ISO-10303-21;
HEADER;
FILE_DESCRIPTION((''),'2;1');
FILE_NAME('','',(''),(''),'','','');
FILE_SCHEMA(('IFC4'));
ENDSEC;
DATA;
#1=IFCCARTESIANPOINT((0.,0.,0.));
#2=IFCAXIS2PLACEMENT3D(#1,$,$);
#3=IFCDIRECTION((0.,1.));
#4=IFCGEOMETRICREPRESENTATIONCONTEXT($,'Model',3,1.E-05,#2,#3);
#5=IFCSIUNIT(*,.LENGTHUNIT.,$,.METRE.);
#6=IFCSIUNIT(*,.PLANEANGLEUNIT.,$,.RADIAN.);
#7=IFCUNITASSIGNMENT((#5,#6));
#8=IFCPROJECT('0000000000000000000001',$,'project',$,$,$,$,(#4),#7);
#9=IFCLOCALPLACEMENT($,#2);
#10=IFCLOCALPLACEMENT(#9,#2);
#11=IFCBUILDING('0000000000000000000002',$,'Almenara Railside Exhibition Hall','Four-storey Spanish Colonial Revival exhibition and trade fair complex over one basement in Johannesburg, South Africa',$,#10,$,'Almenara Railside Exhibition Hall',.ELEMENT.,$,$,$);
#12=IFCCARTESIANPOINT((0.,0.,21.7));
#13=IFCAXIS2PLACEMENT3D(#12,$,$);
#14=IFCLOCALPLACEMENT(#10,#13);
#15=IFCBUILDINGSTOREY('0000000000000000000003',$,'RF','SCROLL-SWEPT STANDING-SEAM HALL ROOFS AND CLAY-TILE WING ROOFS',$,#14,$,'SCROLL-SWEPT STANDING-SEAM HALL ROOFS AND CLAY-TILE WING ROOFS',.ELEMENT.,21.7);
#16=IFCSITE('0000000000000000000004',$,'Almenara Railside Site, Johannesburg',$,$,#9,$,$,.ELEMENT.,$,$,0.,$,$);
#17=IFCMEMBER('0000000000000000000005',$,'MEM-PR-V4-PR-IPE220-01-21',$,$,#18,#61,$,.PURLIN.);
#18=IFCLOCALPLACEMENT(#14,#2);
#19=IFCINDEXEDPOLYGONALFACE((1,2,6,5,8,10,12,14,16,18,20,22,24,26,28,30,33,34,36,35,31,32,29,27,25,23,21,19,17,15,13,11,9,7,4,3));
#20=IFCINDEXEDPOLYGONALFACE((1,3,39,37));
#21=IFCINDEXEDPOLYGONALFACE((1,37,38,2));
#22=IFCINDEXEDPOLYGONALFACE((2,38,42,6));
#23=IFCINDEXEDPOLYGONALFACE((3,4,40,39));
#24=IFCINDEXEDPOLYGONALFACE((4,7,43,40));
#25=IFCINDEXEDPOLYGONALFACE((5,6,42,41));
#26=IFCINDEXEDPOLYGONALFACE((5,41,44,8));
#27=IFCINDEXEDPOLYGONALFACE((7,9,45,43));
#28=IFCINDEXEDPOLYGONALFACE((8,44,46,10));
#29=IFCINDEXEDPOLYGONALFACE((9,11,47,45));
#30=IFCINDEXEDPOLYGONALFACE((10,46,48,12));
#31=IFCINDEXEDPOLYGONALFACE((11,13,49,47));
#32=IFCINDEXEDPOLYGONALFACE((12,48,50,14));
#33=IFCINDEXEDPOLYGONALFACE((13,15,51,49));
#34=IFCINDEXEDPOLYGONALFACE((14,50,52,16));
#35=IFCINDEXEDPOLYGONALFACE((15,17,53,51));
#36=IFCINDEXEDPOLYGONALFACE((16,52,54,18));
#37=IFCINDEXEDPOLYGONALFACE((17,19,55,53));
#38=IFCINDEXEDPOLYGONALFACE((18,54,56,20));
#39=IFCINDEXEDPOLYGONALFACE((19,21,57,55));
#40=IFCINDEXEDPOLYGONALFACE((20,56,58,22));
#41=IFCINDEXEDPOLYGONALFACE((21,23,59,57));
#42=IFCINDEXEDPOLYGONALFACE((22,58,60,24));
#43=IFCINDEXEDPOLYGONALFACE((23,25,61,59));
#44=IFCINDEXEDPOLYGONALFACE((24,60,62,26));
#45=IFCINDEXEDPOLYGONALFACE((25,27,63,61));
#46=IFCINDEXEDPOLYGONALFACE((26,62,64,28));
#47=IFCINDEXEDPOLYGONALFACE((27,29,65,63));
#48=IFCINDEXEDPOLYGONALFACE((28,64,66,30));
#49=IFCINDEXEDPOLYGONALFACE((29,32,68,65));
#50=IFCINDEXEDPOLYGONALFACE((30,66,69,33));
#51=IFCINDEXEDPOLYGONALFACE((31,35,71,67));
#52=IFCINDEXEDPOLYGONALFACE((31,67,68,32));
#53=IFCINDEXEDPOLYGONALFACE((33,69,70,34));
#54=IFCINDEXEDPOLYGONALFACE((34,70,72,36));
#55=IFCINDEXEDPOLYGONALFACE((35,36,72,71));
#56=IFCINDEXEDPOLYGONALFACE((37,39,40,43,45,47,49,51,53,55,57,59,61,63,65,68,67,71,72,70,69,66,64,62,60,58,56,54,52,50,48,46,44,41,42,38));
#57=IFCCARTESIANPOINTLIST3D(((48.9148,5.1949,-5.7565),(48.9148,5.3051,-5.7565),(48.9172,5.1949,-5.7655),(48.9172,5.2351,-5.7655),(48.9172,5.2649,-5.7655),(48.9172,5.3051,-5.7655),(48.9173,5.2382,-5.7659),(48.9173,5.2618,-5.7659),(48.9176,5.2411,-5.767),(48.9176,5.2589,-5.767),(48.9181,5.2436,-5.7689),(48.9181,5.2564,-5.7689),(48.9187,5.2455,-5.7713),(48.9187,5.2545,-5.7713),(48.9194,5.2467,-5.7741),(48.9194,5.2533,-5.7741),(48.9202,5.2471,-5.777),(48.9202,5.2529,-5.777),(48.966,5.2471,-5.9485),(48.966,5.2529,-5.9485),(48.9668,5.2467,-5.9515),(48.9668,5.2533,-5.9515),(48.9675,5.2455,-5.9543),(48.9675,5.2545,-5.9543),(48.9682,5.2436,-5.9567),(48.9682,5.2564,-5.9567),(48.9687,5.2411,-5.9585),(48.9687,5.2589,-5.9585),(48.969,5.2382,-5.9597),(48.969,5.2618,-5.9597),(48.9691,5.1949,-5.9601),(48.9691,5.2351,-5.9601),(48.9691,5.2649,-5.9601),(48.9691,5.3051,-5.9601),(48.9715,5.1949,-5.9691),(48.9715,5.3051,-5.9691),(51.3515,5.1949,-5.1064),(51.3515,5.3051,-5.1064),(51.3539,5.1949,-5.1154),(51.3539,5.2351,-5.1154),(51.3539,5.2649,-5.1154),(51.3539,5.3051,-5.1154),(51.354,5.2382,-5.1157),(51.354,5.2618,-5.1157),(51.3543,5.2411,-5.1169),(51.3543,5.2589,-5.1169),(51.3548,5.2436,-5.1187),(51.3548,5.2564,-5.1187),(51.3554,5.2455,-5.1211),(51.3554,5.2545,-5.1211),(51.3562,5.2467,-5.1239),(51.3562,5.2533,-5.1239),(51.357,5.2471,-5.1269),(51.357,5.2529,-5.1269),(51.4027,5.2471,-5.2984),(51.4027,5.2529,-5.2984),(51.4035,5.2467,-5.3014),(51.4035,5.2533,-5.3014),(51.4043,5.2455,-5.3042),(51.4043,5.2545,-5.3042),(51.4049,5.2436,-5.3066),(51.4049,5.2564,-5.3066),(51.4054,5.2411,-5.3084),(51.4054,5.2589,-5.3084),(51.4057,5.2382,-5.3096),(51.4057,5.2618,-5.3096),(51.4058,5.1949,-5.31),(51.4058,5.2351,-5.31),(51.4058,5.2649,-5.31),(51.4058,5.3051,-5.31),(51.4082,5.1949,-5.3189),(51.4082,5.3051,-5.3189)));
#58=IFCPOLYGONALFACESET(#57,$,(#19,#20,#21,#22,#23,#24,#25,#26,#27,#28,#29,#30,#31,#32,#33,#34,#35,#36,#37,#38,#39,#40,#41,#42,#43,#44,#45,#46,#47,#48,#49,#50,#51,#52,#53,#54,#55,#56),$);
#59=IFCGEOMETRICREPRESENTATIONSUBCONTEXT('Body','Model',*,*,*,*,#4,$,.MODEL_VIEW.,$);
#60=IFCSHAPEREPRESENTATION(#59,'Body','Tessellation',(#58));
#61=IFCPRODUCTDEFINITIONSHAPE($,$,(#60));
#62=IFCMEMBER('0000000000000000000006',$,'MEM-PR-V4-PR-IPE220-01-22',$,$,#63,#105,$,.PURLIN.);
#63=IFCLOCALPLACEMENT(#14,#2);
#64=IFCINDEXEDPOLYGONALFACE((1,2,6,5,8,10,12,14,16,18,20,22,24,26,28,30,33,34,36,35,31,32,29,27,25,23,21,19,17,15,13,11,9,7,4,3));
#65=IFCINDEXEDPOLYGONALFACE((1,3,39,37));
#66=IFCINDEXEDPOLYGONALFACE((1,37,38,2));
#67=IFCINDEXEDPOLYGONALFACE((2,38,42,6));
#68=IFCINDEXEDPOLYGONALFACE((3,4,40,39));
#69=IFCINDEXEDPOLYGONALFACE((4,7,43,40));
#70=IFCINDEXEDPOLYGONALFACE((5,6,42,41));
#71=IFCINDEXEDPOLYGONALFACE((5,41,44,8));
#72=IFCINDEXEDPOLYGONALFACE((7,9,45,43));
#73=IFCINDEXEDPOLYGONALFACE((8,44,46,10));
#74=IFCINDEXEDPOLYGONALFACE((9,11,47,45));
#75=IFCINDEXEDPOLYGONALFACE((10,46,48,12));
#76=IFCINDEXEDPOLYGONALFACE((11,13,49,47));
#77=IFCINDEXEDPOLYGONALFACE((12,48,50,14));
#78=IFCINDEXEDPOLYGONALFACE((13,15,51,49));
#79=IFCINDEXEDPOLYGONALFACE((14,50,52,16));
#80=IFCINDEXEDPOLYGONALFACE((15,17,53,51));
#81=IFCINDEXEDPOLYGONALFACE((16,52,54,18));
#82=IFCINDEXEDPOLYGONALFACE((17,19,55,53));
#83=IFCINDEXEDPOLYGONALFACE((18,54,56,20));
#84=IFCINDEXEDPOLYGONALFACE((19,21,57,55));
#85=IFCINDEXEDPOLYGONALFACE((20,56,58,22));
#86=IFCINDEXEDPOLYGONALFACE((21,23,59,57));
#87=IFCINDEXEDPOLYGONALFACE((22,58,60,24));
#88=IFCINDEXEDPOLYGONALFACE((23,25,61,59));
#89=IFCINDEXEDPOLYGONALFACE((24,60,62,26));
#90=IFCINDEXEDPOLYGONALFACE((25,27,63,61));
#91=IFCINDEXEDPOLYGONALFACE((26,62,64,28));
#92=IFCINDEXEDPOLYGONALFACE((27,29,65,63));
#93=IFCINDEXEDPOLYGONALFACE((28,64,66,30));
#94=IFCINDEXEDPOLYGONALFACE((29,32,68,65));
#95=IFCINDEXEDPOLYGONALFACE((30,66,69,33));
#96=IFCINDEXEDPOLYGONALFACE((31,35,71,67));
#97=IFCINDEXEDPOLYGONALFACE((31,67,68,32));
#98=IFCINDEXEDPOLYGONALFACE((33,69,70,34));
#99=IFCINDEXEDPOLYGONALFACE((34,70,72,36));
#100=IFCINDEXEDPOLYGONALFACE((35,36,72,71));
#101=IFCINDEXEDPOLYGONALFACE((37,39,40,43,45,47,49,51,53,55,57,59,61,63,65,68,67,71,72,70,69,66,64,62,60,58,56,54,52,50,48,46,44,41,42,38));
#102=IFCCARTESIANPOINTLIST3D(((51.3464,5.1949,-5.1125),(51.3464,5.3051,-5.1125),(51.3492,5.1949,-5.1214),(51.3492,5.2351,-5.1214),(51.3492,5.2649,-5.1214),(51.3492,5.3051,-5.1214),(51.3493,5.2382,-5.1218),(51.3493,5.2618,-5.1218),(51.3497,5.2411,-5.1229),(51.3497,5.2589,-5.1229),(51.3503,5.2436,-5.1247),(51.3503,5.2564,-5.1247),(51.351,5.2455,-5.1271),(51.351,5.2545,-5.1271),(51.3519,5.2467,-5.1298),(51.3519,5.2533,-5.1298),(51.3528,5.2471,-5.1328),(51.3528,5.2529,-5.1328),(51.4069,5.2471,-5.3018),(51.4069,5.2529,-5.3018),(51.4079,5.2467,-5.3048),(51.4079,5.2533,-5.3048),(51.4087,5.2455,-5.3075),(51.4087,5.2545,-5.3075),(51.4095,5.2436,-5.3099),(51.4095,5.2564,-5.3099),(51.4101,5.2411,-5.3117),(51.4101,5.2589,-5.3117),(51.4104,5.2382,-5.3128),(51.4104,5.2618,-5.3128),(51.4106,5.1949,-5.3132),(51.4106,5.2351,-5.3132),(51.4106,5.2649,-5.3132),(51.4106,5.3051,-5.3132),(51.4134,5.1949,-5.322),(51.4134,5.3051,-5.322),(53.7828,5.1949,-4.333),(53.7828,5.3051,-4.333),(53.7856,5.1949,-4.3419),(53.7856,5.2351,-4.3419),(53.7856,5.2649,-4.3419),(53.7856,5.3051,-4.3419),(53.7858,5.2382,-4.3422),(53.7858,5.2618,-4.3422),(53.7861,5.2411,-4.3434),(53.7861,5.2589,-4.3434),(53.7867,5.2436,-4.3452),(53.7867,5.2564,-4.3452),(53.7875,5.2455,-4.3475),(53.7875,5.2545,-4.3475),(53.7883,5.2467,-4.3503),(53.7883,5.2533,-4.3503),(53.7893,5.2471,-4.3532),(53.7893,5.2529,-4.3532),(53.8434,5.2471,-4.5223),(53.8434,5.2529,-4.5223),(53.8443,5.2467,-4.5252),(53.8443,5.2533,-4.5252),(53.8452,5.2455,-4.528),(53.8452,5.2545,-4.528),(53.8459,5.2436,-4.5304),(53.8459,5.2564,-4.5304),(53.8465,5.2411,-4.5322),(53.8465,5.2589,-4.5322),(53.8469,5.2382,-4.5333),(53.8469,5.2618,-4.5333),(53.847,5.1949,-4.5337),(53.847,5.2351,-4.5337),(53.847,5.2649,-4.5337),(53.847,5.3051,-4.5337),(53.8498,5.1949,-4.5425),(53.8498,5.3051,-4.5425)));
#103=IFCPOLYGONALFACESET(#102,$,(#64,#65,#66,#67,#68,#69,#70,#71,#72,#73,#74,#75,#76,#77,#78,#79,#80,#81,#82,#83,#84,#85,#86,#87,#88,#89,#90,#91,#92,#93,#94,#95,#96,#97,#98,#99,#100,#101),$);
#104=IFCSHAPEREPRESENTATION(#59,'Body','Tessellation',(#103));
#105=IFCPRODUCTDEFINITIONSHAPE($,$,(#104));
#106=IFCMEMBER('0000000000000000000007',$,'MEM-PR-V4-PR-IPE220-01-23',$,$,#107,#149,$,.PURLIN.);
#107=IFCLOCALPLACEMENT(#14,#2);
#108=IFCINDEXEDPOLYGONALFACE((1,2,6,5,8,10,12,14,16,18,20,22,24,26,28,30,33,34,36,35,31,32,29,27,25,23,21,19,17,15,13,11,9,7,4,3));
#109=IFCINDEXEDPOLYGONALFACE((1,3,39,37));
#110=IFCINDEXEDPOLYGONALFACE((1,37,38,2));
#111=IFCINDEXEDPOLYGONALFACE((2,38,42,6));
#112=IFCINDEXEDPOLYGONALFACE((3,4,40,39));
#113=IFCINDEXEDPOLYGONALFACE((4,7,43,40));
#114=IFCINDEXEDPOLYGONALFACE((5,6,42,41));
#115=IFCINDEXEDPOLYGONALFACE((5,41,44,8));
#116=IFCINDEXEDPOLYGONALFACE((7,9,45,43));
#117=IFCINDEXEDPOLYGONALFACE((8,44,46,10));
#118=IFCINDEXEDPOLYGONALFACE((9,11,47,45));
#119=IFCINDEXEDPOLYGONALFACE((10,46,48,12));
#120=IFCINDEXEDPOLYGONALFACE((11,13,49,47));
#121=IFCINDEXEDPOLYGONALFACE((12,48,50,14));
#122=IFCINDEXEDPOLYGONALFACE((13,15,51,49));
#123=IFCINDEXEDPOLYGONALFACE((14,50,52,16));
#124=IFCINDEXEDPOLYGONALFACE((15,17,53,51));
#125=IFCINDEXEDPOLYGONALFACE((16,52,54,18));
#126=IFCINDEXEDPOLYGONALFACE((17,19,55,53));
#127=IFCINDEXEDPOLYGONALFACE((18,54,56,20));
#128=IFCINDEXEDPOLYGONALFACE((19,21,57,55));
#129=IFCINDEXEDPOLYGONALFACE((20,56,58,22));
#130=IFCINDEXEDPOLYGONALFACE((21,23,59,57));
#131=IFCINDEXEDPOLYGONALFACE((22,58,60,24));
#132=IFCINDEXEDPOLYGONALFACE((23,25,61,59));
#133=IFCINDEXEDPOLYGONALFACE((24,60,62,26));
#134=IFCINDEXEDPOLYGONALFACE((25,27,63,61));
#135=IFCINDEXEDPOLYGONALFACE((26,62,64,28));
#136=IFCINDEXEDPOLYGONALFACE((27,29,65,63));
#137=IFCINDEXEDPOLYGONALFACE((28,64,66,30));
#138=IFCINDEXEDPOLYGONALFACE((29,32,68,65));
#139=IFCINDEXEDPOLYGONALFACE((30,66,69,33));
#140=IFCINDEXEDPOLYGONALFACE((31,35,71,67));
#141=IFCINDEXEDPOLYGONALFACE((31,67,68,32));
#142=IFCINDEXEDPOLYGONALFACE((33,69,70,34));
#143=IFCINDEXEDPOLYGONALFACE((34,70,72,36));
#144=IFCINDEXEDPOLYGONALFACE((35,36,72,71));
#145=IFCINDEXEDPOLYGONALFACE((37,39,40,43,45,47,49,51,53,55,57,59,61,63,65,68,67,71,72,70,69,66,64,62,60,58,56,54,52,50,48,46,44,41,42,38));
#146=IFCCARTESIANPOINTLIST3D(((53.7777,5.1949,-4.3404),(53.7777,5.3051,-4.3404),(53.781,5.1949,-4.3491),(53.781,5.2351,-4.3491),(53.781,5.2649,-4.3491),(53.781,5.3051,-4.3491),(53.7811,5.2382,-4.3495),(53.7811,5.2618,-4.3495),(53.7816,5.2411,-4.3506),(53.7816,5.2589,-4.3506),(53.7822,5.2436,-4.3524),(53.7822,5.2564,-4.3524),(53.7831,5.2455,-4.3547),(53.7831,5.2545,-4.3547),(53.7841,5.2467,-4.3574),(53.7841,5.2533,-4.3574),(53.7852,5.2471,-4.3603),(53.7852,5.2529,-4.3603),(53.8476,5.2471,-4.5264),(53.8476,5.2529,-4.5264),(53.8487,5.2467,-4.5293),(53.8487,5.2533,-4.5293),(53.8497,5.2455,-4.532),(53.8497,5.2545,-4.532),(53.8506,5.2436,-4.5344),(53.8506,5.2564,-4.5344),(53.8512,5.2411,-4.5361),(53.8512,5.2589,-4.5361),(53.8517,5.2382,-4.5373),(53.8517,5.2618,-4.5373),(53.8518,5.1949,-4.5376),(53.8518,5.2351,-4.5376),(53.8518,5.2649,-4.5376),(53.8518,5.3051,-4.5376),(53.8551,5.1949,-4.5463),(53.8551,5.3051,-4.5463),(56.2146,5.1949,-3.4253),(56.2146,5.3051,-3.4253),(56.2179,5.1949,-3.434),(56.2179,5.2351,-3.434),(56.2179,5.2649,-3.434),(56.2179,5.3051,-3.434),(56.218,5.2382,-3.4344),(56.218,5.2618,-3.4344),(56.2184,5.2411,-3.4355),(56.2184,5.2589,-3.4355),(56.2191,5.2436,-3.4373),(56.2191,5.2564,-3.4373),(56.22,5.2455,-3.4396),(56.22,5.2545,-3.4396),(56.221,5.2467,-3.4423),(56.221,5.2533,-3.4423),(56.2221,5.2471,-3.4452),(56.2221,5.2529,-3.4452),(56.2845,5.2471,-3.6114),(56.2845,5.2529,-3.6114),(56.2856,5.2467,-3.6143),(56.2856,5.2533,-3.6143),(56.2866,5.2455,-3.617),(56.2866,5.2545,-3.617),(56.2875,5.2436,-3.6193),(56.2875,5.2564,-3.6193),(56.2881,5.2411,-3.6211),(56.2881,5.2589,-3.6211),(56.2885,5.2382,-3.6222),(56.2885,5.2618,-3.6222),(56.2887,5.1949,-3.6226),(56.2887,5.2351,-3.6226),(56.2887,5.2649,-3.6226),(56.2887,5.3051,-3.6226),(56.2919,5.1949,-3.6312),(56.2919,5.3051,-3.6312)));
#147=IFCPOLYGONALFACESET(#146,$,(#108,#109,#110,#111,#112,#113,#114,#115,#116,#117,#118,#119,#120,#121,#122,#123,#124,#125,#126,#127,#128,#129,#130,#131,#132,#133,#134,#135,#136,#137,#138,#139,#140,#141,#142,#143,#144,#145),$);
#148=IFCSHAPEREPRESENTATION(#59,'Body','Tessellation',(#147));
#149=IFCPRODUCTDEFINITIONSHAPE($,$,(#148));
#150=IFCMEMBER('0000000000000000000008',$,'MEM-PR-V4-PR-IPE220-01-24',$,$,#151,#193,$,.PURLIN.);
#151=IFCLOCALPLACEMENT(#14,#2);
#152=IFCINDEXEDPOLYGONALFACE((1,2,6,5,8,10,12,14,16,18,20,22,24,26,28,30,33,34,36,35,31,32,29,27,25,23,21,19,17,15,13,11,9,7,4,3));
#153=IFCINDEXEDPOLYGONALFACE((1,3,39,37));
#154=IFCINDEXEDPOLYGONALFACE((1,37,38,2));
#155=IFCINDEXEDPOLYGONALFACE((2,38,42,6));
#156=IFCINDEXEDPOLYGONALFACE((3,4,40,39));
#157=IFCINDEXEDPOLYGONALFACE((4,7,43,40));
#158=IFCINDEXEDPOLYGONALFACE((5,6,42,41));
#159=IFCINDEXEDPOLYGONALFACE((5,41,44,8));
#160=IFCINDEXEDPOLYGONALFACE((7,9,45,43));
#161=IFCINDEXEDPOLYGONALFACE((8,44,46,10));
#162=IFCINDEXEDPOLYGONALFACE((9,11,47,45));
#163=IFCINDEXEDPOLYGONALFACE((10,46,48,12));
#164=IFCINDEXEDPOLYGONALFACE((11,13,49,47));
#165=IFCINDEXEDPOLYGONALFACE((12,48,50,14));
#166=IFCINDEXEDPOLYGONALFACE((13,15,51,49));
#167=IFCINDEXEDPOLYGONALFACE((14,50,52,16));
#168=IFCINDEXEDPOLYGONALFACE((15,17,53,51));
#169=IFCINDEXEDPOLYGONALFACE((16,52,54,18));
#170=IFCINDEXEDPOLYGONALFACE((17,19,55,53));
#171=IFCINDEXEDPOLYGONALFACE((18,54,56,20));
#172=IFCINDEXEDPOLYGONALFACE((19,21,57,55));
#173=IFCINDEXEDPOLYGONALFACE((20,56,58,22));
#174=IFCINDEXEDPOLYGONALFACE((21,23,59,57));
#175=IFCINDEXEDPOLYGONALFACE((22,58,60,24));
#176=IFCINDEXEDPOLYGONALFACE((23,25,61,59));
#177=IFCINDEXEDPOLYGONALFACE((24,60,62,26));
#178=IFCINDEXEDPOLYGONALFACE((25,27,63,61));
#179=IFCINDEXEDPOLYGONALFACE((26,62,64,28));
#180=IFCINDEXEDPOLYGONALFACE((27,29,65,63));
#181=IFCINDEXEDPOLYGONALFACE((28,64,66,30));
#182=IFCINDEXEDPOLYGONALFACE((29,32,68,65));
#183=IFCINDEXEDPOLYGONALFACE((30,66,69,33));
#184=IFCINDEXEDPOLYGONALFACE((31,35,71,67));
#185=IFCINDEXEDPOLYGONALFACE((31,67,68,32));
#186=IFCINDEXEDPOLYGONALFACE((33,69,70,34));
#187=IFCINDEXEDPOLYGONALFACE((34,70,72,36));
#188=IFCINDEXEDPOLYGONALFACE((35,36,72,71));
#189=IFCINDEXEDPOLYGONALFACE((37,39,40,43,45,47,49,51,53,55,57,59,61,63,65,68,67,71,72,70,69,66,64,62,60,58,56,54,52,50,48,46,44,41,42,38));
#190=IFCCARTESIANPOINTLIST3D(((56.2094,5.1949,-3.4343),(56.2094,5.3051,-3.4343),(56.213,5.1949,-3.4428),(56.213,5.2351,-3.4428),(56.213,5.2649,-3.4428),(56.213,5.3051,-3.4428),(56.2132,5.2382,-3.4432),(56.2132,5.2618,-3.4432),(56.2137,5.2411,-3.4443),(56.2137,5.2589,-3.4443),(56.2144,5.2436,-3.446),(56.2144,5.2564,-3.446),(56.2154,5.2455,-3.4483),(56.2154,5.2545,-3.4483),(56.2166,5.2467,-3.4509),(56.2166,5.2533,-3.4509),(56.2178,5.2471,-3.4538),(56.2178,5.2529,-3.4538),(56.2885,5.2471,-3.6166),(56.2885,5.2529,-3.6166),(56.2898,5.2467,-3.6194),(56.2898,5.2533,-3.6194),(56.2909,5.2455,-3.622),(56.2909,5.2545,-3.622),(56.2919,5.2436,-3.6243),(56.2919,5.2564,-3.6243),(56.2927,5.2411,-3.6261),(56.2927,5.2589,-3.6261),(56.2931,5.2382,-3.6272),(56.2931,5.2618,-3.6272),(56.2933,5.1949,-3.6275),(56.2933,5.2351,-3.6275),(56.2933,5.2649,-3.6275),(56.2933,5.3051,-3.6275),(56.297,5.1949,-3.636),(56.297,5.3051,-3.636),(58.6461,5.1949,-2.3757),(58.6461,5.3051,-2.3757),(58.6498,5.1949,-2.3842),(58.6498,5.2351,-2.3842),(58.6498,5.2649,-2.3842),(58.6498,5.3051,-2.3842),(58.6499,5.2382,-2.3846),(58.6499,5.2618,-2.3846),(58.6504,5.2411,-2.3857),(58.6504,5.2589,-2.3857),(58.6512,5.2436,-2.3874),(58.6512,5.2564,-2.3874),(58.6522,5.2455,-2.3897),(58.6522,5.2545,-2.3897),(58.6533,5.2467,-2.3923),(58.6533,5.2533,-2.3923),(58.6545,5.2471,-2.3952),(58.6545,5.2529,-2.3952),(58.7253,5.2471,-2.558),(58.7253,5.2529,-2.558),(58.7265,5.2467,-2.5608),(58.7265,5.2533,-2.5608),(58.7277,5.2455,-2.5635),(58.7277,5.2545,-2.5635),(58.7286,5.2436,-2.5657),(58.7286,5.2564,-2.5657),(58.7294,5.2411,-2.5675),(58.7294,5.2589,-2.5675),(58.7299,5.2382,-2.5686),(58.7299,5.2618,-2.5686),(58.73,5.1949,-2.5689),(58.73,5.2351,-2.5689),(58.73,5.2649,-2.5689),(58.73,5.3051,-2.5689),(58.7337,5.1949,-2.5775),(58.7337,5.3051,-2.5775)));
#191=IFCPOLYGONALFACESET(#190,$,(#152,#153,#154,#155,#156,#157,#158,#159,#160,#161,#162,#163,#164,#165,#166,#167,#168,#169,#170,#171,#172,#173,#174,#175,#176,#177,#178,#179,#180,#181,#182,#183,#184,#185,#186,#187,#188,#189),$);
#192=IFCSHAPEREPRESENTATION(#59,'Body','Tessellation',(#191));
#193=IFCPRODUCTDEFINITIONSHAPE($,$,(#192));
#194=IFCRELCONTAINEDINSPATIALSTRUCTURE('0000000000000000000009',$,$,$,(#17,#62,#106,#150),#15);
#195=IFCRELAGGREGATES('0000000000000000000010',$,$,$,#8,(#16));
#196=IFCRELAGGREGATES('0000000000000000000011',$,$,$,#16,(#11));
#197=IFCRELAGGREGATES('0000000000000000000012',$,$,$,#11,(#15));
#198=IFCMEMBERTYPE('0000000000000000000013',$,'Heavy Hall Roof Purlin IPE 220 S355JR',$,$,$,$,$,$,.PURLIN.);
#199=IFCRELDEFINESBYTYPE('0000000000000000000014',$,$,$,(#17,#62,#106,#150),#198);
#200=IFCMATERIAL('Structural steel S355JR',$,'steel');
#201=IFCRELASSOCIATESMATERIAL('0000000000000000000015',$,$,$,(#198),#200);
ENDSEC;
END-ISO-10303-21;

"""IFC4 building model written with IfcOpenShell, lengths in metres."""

from ifc_helpers import new_model, si_unit, direction, frame, origin, origin_2d, place, context, subcontext, project, spatial, i_section, extrude, material, material_profile, profile_set, type_object, element, save


model = new_model("IFC4")

# Units and contexts
model_context = context("Model", 3, precision=1e-05, world=origin(), true_north=direction((0.0, 1.0)))
body_context = subcontext(model_context, "Body", "Model", "MODEL_VIEW")
ifc_project = project(units=[si_unit("LENGTHUNIT", "METRE"), si_unit("PLANEANGLEUNIT", "RADIAN")], contexts=[model_context])

# Site, building, storey
site_placement = place(None, origin())
site = spatial("IfcSite", under=ifc_project, at=site_placement, Name="Almenara Railside Site, Johannesburg", CompositionType="ELEMENT", RefElevation=0.0)
building_placement = place(site_placement, origin())
building = spatial("IfcBuilding", under=site, at=building_placement, Name="Almenara Railside Exhibition Hall", Description="Four-storey Spanish Colonial Revival exhibition and trade fair complex over one basement in Johannesburg, South Africa", LongName="Almenara Railside Exhibition Hall", CompositionType="ELEMENT")
storey_placement = place(building_placement, frame((0.0, 0.0, 21.7)))
storey = spatial("IfcBuildingStorey", under=building, at=storey_placement, Name="RF", Description="SCROLL-SWEPT STANDING-SEAM HALL ROOFS AND CLAY-TILE WING ROOFS", LongName="SCROLL-SWEPT STANDING-SEAM HALL ROOFS AND CLAY-TILE WING ROOFS", CompositionType="ELEMENT", Elevation=21.7)

# Members
ifc_material_1 = material(Name="Structural steel S355JR", Category="steel")
ifc_material_profile_1 = material_profile(ifc_material_1, i_section(OverallWidth=0.1101, OverallDepth=0.22, WebThickness=0.0059, FlangeThickness=0.0093, FilletRadius=0.012, at=origin_2d()), Name="IPE 220")
ifc_profile_set_1 = profile_set([ifc_material_profile_1], Name="Structural steel S355JR")
member_type_1 = type_object("IfcMemberType", Name="Heavy Hall Roof Purlin IPE 220 S355JR", PredefinedType="PURLIN", material=ifc_profile_set_1)
member_1_placement = place(storey_placement, frame((48.9431, 5.25, -5.8628), z_axis=(0.966201, 0.0, 0.257789), x_axis=(0.0, 1.0, 0.0)))
element("IfcMember", 1, at=member_1_placement, inside=storey, type_object=member_type_1, Name="MEM-PR-V4-PR-IPE220-01-21", PredefinedType="PURLIN", context=body_context, shape_type="SweptSolid", body=[
    extrude(i_section(OverallWidth=0.1101, OverallDepth=0.22, WebThickness=0.0059, FlangeThickness=0.0093, FilletRadius=0.012, at=origin_2d()), origin(), (0.0, 0.0, 1.0), 2.522),
])
member_2_placement = place(storey_placement, frame((51.3799, 5.25, -5.2173), z_axis=(0.952441, 0.0, 0.304724), x_axis=(0.0, 1.0, 0.0)))
element("IfcMember", 2, at=member_2_placement, inside=storey, type_object=member_type_1, Name="MEM-PR-V4-PR-IPE220-01-22", PredefinedType="PURLIN", context=body_context, shape_type="SweptSolid", body=[
    extrude(i_section(OverallWidth=0.1101, OverallDepth=0.22, WebThickness=0.0059, FlangeThickness=0.0093, FilletRadius=0.012, at=origin_2d()), origin(), (0.0, 0.0, 1.0), 2.5581),
])
member_3_placement = place(storey_placement, frame((53.8164, 5.25, -4.4434), z_axis=(0.936171, 0.0, 0.351545), x_axis=(0.0, 1.0, 0.0)))
element("IfcMember", 3, at=member_3_placement, inside=storey, type_object=member_type_1, Name="MEM-PR-V4-PR-IPE220-01-23", PredefinedType="PURLIN", context=body_context, shape_type="SweptSolid", body=[
    extrude(i_section(OverallWidth=0.1101, OverallDepth=0.22, WebThickness=0.0059, FlangeThickness=0.0093, FilletRadius=0.012, at=origin_2d()), origin(), (0.0, 0.0, 1.0), 2.603),
])
member_4_placement = place(storey_placement, frame((56.2532, 5.25, -3.5352), z_axis=(0.91719, 0.0, 0.398451), x_axis=(0.0, 1.0, 0.0)))
element("IfcMember", 4, at=member_4_placement, inside=storey, type_object=member_type_1, Name="MEM-PR-V4-PR-IPE220-01-24", PredefinedType="PURLIN", context=body_context, shape_type="SweptSolid", body=[
    extrude(i_section(OverallWidth=0.1101, OverallDepth=0.22, WebThickness=0.0059, FlangeThickness=0.0093, FilletRadius=0.012, at=origin_2d()), origin(), (0.0, 0.0, 1.0), 2.6567),
])

save(model, "model.ifc")
